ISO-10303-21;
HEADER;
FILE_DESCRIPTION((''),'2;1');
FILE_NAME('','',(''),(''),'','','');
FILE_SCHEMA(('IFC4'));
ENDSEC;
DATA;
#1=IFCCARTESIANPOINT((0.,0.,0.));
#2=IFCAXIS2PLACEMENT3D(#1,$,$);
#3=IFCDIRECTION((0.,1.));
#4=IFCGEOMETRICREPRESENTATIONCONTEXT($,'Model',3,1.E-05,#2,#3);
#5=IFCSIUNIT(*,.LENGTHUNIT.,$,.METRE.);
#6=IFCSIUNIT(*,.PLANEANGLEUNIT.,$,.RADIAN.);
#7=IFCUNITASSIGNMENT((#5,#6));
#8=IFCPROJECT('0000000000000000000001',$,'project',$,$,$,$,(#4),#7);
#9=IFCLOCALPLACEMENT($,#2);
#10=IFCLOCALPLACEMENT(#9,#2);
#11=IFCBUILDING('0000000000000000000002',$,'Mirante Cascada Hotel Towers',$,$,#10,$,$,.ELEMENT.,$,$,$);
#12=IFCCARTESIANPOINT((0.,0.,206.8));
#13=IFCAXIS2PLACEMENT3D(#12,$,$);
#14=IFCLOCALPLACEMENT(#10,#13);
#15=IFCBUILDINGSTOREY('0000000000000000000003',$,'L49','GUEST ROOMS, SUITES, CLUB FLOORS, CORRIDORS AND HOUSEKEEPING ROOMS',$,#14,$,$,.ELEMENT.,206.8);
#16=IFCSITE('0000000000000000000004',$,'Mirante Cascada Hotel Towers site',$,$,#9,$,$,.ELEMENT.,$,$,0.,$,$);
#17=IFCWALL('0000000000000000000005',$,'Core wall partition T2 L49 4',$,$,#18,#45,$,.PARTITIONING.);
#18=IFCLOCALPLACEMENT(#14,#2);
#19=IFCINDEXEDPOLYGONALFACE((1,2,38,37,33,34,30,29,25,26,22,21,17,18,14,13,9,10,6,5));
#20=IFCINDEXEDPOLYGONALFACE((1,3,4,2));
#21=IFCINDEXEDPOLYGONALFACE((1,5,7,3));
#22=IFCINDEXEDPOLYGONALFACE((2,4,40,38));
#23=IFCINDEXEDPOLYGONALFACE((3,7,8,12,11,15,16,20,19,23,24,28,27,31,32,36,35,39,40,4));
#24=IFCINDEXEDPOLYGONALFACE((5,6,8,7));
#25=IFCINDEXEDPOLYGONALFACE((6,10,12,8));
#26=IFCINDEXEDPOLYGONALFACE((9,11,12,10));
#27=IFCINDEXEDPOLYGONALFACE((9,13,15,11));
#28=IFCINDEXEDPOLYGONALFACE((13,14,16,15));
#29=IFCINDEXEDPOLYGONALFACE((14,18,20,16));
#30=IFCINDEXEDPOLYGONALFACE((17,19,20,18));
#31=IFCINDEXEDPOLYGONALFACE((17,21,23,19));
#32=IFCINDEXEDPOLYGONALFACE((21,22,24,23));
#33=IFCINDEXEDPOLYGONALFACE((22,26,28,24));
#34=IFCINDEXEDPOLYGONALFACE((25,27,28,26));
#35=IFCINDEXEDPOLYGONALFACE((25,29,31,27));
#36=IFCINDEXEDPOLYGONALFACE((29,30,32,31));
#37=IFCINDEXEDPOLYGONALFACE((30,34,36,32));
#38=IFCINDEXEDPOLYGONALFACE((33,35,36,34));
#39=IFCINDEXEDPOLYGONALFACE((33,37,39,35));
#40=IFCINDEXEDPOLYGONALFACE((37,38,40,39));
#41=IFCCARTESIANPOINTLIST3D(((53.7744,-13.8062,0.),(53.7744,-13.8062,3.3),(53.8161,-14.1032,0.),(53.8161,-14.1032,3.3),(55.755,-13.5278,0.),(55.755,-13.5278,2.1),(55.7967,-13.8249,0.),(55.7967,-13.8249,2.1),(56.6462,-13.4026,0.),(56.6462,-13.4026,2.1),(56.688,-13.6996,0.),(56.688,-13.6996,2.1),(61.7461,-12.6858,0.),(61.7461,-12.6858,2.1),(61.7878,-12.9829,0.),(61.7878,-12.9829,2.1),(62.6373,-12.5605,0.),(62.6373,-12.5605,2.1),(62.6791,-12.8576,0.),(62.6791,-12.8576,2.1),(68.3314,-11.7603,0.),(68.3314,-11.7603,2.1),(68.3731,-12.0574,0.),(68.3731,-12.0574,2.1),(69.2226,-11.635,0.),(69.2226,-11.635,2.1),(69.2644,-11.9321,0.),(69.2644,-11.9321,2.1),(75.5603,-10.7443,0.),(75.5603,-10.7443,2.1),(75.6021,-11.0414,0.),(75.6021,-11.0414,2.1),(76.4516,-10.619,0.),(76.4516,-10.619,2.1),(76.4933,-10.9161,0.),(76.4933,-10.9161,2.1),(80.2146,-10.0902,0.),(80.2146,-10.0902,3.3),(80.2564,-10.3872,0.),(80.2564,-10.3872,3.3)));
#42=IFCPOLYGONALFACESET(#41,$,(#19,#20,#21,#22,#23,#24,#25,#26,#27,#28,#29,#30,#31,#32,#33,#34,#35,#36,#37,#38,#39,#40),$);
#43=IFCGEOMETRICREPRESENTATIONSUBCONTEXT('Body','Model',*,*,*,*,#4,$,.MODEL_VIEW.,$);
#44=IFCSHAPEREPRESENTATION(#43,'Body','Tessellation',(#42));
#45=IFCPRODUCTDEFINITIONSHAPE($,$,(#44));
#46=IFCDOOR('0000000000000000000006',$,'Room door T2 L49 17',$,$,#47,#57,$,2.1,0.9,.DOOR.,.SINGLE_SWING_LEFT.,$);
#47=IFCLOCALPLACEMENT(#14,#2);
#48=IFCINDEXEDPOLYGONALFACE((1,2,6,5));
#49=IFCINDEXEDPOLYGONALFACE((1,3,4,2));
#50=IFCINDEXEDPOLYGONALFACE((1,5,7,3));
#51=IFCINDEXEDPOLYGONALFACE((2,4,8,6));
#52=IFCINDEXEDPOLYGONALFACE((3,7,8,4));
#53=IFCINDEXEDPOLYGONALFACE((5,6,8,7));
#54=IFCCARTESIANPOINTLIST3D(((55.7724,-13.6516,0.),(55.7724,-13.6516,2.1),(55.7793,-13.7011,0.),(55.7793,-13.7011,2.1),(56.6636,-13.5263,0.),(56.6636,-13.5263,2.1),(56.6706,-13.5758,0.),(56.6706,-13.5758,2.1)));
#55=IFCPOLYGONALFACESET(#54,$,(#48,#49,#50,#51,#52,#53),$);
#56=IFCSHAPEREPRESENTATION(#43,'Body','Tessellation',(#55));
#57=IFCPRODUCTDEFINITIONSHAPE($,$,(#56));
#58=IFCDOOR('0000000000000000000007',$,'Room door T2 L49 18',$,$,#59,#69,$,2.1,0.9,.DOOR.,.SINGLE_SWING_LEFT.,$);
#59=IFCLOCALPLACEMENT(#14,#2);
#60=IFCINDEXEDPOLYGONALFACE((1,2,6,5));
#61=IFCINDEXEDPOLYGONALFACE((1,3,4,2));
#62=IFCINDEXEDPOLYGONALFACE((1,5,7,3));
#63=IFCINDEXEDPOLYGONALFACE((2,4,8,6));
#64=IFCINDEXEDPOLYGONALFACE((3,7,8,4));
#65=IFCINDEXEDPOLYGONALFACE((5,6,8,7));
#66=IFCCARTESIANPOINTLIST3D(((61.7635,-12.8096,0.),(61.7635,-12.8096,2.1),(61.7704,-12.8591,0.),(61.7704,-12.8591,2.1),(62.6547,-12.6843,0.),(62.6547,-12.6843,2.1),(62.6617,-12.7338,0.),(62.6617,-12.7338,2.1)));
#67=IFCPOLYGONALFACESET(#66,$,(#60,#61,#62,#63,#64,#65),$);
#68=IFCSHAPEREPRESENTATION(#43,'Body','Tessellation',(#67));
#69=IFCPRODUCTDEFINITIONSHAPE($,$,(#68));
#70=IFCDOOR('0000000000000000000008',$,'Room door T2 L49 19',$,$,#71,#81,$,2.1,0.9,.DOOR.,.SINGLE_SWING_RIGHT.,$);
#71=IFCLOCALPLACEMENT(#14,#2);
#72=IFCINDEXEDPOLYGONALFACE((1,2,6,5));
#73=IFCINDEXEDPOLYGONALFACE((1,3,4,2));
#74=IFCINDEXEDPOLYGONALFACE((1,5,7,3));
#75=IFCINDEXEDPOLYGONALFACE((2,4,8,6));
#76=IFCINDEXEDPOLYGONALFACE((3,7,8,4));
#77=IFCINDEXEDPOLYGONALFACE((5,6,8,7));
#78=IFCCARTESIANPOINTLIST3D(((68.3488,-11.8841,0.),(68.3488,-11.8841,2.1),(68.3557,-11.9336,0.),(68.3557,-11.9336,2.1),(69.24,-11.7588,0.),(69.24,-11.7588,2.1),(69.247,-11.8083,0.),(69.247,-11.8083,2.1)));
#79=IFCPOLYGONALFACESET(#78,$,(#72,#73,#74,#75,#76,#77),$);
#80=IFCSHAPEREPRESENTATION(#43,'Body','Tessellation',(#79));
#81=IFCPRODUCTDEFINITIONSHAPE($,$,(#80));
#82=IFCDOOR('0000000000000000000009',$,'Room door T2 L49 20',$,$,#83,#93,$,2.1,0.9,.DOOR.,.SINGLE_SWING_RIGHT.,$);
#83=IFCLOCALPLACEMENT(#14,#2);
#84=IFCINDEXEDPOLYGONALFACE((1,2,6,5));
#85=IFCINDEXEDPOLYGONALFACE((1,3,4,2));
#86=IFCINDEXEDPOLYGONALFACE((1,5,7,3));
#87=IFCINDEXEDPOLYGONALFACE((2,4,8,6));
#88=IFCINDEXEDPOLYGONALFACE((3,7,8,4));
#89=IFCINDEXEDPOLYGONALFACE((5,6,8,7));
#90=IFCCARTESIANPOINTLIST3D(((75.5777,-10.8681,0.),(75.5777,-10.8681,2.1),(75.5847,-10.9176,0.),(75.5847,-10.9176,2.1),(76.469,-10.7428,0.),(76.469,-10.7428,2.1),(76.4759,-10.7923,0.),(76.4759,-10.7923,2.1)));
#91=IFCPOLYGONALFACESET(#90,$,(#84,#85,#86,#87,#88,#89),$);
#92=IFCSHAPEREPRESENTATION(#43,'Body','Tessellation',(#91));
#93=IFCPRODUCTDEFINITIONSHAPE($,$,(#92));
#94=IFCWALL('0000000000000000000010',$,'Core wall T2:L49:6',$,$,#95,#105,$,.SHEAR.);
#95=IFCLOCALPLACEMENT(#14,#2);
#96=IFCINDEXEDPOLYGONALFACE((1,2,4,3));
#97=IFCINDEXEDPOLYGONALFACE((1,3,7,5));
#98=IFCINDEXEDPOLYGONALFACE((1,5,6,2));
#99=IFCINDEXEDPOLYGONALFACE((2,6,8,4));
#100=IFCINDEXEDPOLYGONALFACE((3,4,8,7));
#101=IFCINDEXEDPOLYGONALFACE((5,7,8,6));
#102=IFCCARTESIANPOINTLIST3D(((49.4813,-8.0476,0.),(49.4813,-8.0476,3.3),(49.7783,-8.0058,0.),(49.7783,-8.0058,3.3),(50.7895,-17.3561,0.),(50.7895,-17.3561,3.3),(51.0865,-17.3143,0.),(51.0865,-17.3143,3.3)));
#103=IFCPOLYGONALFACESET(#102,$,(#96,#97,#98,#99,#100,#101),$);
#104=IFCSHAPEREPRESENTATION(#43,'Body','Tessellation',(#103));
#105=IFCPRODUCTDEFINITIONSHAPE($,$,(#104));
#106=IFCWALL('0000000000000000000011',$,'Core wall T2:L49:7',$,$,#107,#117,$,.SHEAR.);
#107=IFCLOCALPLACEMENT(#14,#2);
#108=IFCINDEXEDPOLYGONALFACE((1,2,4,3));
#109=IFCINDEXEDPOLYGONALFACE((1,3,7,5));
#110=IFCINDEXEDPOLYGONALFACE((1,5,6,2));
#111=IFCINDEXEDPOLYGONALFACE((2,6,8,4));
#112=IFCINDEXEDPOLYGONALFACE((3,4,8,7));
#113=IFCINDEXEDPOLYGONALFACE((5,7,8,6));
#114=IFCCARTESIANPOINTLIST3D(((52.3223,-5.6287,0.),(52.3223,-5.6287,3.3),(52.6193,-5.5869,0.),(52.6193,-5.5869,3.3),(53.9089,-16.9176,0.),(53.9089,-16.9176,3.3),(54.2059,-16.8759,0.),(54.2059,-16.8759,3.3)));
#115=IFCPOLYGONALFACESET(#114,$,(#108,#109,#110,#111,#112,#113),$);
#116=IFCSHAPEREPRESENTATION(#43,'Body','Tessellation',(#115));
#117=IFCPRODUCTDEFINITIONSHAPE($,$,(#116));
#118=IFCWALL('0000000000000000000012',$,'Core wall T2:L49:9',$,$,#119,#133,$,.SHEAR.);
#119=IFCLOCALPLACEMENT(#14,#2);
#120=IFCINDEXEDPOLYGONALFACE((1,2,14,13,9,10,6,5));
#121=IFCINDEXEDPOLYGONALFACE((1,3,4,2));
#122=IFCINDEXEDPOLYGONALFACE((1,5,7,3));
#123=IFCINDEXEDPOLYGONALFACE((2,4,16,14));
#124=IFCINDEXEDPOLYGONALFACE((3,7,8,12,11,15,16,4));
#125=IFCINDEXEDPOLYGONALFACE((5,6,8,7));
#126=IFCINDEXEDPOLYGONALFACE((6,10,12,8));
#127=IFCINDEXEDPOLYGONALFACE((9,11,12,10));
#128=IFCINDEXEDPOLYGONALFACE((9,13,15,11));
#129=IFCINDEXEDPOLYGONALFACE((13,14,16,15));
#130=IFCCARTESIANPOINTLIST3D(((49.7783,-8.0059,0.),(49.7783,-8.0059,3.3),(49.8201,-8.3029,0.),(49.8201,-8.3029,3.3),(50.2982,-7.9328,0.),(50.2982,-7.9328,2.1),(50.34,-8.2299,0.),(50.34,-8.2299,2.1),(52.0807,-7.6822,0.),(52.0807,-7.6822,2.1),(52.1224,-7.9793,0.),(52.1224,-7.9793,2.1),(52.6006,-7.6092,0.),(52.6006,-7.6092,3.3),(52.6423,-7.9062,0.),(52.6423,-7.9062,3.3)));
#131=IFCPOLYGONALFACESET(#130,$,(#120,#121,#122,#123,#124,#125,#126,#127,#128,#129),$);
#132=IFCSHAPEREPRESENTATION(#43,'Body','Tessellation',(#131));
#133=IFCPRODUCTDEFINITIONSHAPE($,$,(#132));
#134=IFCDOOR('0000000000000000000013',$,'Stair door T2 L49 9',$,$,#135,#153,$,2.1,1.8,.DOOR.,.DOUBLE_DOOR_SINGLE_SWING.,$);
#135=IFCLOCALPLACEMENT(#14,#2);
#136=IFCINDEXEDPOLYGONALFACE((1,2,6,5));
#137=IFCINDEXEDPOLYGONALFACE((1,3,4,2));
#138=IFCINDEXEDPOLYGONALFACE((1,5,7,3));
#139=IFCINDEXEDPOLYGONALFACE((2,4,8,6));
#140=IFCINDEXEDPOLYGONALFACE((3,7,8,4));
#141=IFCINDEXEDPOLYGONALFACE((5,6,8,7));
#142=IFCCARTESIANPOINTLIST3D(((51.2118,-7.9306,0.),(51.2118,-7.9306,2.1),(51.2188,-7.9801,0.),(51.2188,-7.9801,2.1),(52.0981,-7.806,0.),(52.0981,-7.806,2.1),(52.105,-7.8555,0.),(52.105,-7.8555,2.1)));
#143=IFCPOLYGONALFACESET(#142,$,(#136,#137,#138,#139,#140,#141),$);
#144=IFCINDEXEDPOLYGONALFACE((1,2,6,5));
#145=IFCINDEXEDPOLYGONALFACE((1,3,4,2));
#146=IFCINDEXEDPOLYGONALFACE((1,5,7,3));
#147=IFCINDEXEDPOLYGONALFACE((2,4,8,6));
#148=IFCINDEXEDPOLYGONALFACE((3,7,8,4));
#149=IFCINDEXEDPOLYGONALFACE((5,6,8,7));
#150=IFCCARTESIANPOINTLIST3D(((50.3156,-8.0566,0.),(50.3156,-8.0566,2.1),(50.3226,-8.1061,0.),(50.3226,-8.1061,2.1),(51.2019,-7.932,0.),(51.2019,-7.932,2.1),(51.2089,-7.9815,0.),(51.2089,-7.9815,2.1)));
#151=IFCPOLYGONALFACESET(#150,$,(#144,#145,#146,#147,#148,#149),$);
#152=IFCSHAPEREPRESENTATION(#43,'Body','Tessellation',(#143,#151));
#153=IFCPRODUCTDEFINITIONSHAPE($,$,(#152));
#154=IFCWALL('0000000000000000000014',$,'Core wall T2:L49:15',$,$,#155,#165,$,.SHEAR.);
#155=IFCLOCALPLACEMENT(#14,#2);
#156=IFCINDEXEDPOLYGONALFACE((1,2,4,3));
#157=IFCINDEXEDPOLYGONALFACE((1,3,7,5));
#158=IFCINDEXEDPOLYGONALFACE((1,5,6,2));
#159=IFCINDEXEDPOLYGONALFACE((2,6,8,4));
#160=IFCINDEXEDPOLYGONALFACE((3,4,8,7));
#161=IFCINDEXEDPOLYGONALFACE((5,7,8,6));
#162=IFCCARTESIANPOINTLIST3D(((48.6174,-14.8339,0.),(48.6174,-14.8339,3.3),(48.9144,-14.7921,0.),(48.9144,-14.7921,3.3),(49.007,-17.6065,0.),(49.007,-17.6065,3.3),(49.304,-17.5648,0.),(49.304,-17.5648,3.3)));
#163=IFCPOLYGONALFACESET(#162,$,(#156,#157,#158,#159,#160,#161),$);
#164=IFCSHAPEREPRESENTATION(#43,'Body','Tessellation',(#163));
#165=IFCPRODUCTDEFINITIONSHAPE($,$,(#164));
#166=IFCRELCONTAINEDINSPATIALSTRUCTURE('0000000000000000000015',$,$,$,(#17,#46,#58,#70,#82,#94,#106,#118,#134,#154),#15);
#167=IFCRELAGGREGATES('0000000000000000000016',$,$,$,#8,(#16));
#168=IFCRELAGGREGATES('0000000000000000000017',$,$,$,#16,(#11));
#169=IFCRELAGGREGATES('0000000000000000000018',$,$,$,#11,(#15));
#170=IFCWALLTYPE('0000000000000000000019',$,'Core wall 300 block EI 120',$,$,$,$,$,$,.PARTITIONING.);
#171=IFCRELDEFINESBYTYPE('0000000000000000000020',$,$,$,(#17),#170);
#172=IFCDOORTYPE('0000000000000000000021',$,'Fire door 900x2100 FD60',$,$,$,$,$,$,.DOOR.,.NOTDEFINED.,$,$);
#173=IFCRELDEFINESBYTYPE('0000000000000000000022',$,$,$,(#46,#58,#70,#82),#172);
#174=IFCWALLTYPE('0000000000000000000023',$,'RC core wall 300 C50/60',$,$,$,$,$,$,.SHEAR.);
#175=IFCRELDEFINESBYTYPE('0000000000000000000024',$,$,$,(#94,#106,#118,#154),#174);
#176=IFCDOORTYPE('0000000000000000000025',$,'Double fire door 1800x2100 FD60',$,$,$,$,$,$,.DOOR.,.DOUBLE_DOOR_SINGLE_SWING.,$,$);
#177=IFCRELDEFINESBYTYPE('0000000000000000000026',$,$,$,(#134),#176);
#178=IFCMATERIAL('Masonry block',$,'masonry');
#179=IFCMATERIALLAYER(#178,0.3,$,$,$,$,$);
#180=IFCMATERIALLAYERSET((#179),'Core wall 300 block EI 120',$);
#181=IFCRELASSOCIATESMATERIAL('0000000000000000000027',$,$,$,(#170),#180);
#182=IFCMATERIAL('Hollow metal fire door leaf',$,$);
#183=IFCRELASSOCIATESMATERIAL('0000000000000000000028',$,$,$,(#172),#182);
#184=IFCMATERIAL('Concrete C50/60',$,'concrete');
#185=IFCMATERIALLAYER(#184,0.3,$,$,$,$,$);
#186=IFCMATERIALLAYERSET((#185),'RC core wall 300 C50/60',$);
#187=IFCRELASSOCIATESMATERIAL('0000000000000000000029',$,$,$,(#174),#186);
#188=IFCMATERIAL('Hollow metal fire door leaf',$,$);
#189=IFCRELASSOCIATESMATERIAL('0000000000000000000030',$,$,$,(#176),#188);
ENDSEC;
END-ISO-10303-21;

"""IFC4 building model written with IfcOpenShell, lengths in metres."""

from ifc_helpers import new_model, si_unit, direction, frame, frame_2d, origin, place, context, subcontext, project, spatial, rectangle, extrude, material, layer, layer_set, type_object, element, fill, save


model = new_model("IFC4")

# Units and contexts
model_context = context("Model", 3, precision=1e-05, world=origin(), true_north=direction((0.0, 1.0)))
body_context = subcontext(model_context, "Body", "Model", "MODEL_VIEW")
ifc_project = project(units=[si_unit("LENGTHUNIT", "METRE"), si_unit("PLANEANGLEUNIT", "RADIAN")], contexts=[model_context])

# Site, building, storey
site_placement = place(None, origin())
site = spatial("IfcSite", under=ifc_project, at=site_placement, Name="Mirante Cascada Hotel Towers site", CompositionType="ELEMENT", RefElevation=0.0)
building_placement = place(site_placement, origin())
building = spatial("IfcBuilding", under=site, at=building_placement, Name="Mirante Cascada Hotel Towers", CompositionType="ELEMENT")
storey_placement = place(building_placement, frame((0.0, 0.0, 206.8)))
storey = spatial("IfcBuildingStorey", under=building, at=storey_placement, Name="L49", Description="GUEST ROOMS, SUITES, CLUB FLOORS, CORRIDORS AND HOUSEKEEPING ROOMS", CompositionType="ELEMENT", Elevation=206.8)

# Wall, openings, doors
ifc_material_1 = material(Name="Masonry block", Category="masonry")
ifc_layer_1 = layer(ifc_material_1, 0.3)
ifc_layer_set_1 = layer_set([ifc_layer_1], Name="Core wall 300 block EI 120")
wall_type_1 = type_object("IfcWallType", Name="Core wall 300 block EI 120", PredefinedType="PARTITIONING", material=ifc_layer_set_1)
wall_1_placement = place(storey_placement, frame((53.7953, -13.9547, 0.0), z_axis=(0.0, 0.0, 1.0), x_axis=(0.990268, 0.139176, 0.0)))
wall_1 = element("IfcWall", 1, at=wall_1_placement, inside=storey, type_object=wall_type_1, Name="Core wall partition T2 L49 4", PredefinedType="PARTITIONING", context=body_context, shape_type="SweptSolid", body=[
    extrude(rectangle(XDim=26.7001, YDim=0.3, at=frame_2d((13.35, 0.0))), origin(), (0.0, 0.0, 1.0), 3.3),
])
opening_1_placement = place(wall_1_placement, frame((2.0, 0.0, 0.0)))
opening_1 = element("IfcOpeningElement", 2, at=opening_1_placement, cuts=wall_1, PredefinedType="OPENING", context=body_context, shape_type="SweptSolid", body=[
    extrude(rectangle(XDim=0.9, YDim=2.1, at=frame_2d((0.45, 1.05))), frame((0.0, 0.15, 0.0), z_axis=(0.0, -1.0, 0.0), x_axis=(1.0, 0.0, 0.0)), (0.0, 0.0, 1.0), 0.3),
])
opening_2_placement = place(wall_1_placement, frame((8.05, 0.0, 0.0)))
opening_2 = element("IfcOpeningElement", 3, at=opening_2_placement, cuts=wall_1, PredefinedType="OPENING", context=body_context, shape_type="SweptSolid", body=[
    extrude(rectangle(XDim=0.9, YDim=2.1, at=frame_2d((0.45, 1.05))), frame((0.0, 0.15, 0.0), z_axis=(0.0, -1.0, 0.0), x_axis=(1.0, 0.0, 0.0)), (0.0, 0.0, 1.0), 0.3),
])
opening_3_placement = place(wall_1_placement, frame((14.7, 0.0, 0.0)))
opening_3 = element("IfcOpeningElement", 4, at=opening_3_placement, cuts=wall_1, PredefinedType="OPENING", context=body_context, shape_type="SweptSolid", body=[
    extrude(rectangle(XDim=0.9, YDim=2.1, at=frame_2d((0.45, 1.05))), frame((0.0, 0.15, 0.0), z_axis=(0.0, -1.0, 0.0), x_axis=(1.0, 0.0, 0.0)), (0.0, 0.0, 1.0), 0.3),
])
opening_4_placement = place(wall_1_placement, frame((22.0, 0.0, 0.0)))
opening_4 = element("IfcOpeningElement", 5, at=opening_4_placement, cuts=wall_1, PredefinedType="OPENING", context=body_context, shape_type="SweptSolid", body=[
    extrude(rectangle(XDim=0.9, YDim=2.1, at=frame_2d((0.45, 1.05))), frame((0.0, 0.15, 0.0), z_axis=(0.0, -1.0, 0.0), x_axis=(1.0, 0.0, 0.0)), (0.0, 0.0, 1.0), 0.3),
])
ifc_material_2 = material(Name="Hollow metal fire door leaf")
door_type_1 = type_object("IfcDoorType", Name="Fire door 900x2100 FD60", OperationType="NOTDEFINED", PredefinedType="DOOR", material=ifc_material_2)
door_1_placement = place(opening_1_placement, frame((0.9, 0.0, 0.0), z_axis=(0.0, 0.0, 1.0), x_axis=(-1.0, 0.0, 0.0)))
door_1 = element("IfcDoor", 6, at=door_1_placement, inside=storey, type_object=door_type_1, Name="Room door T2 L49 17", OperationType="SINGLE_SWING_LEFT", OverallHeight=2.1, OverallWidth=0.9, PredefinedType="DOOR", context=body_context, shape_type="SweptSolid", body=[
    extrude(rectangle(XDim=0.9, YDim=2.1, at=frame_2d((0.45, 1.05))), frame((0.0, 0.025, 0.0), z_axis=(0.0, -1.0, 0.0), x_axis=(1.0, 0.0, 0.0)), (0.0, 0.0, 1.0), 0.05),
])
fill(opening_1, door_1)
door_2_placement = place(opening_2_placement, frame((0.9, 0.0, 0.0), z_axis=(0.0, 0.0, 1.0), x_axis=(-1.0, 0.0, 0.0)))
door_2 = element("IfcDoor", 7, at=door_2_placement, inside=storey, type_object=door_type_1, Name="Room door T2 L49 18", OperationType="SINGLE_SWING_LEFT", OverallHeight=2.1, OverallWidth=0.9, PredefinedType="DOOR", context=body_context, shape_type="SweptSolid", body=[
    extrude(rectangle(XDim=0.9, YDim=2.1, at=frame_2d((0.45, 1.05))), frame((0.0, 0.025, 0.0), z_axis=(0.0, -1.0, 0.0), x_axis=(1.0, 0.0, 0.0)), (0.0, 0.0, 1.0), 0.05),
])
fill(opening_2, door_2)
door_3_placement = place(opening_3_placement, frame((0.9, 0.0, 0.0), z_axis=(0.0, 0.0, 1.0), x_axis=(-1.0, 0.0, 0.0)))
door_3 = element("IfcDoor", 8, at=door_3_placement, inside=storey, type_object=door_type_1, Name="Room door T2 L49 19", OperationType="SINGLE_SWING_RIGHT", OverallHeight=2.1, OverallWidth=0.9, PredefinedType="DOOR", context=body_context, shape_type="SweptSolid", body=[
    extrude(rectangle(XDim=0.9, YDim=2.1, at=frame_2d((0.45, 1.05))), frame((0.0, 0.025, 0.0), z_axis=(0.0, -1.0, 0.0), x_axis=(1.0, 0.0, 0.0)), (0.0, 0.0, 1.0), 0.05),
])
fill(opening_3, door_3)
door_4_placement = place(opening_4_placement, frame((0.9, 0.0, 0.0), z_axis=(0.0, 0.0, 1.0), x_axis=(-1.0, 0.0, 0.0)))
door_4 = element("IfcDoor", 9, at=door_4_placement, inside=storey, type_object=door_type_1, Name="Room door T2 L49 20", OperationType="SINGLE_SWING_RIGHT", OverallHeight=2.1, OverallWidth=0.9, PredefinedType="DOOR", context=body_context, shape_type="SweptSolid", body=[
    extrude(rectangle(XDim=0.9, YDim=2.1, at=frame_2d((0.45, 1.05))), frame((0.0, 0.025, 0.0), z_axis=(0.0, -1.0, 0.0), x_axis=(1.0, 0.0, 0.0)), (0.0, 0.0, 1.0), 0.05),
])
fill(opening_4, door_4)

# Walls
ifc_material_3 = material(Name="Concrete C50/60", Category="concrete")
ifc_layer_2 = layer(ifc_material_3, 0.3)
ifc_layer_set_2 = layer_set([ifc_layer_2], Name="RC core wall 300 C50/60")
wall_type_2 = type_object("IfcWallType", Name="RC core wall 300 C50/60", PredefinedType="SHEAR", material=ifc_layer_set_2)
wall_2_placement = place(storey_placement, frame((50.938, -17.3352, 0.0), z_axis=(0.0, 0.0, 1.0), x_axis=(-0.139171, 0.990268, 0.0)))
element("IfcWall", 10, at=wall_2_placement, inside=storey, type_object=wall_type_2, Name="Core wall T2:L49:6", PredefinedType="SHEAR", context=body_context, shape_type="SweptSolid", body=[
    extrude(rectangle(XDim=9.4, YDim=0.3, at=frame_2d((4.7, 0.0))), origin(), (0.0, 0.0, 1.0), 3.3),
])
wall_3_placement = place(storey_placement, frame((54.0574, -16.8968, 0.0), z_axis=(0.0, 0.0, 1.0), x_axis=(-0.139176, 0.990268, 0.0)))
element("IfcWall", 11, at=wall_3_placement, inside=storey, type_object=wall_type_2, Name="Core wall T2:L49:7", PredefinedType="SHEAR", context=body_context, shape_type="SweptSolid", body=[
    extrude(rectangle(XDim=11.3999, YDim=0.3, at=frame_2d((5.7, 0.0))), origin(), (0.0, 0.0, 1.0), 3.3),
])

# Wall, opening, door
wall_4_placement = place(storey_placement, frame((49.7992, -8.1544, 0.0), z_axis=(0.0, 0.0, 1.0), x_axis=(0.990266, 0.139191, 0.0)))
wall_4 = element("IfcWall", 12, at=wall_4_placement, inside=storey, type_object=wall_type_2, Name="Core wall T2:L49:9", PredefinedType="SHEAR", context=body_context, shape_type="SweptSolid", body=[
    extrude(rectangle(XDim=2.85, YDim=0.3, at=frame_2d((1.425, 0.0))), origin(), (0.0, 0.0, 1.0), 3.3),
])
opening_5_placement = place(wall_4_placement, frame((0.525, 0.0, 0.0)))
opening_5 = element("IfcOpeningElement", 13, at=opening_5_placement, cuts=wall_4, PredefinedType="OPENING", context=body_context, shape_type="SweptSolid", body=[
    extrude(rectangle(XDim=1.8, YDim=2.1, at=frame_2d((0.9, 1.05))), frame((0.0, 0.15, 0.0), z_axis=(0.0, -1.0, 0.0), x_axis=(1.0, 0.0, 0.0)), (0.0, 0.0, 1.0), 0.3),
])
ifc_material_4 = material(Name="Hollow metal fire door leaf")
door_type_2 = type_object("IfcDoorType", Name="Double fire door 1800x2100 FD60", OperationType="DOUBLE_DOOR_SINGLE_SWING", PredefinedType="DOOR", material=ifc_material_4)
door_5_placement = place(opening_5_placement, frame((1.8, 0.0, 0.0), z_axis=(0.0, 0.0, 1.0), x_axis=(-1.0, 0.0, 0.0)))
door_5 = element("IfcDoor", 14, at=door_5_placement, inside=storey, type_object=door_type_2, Name="Stair door T2 L49 9", OperationType="DOUBLE_DOOR_SINGLE_SWING", OverallHeight=2.1, OverallWidth=1.8, PredefinedType="DOOR", context=body_context, shape_type="SweptSolid", body=[
    extrude(rectangle(XDim=0.895, YDim=2.1, at=frame_2d((0.4475, 1.05))), frame((0.0, 0.025, 0.0), z_axis=(0.0, -1.0, 0.0), x_axis=(1.0, 0.0, 0.0)), (0.0, 0.0, 1.0), 0.05),
    extrude(rectangle(XDim=0.895, YDim=2.1, at=frame_2d((1.3525, 1.05))), frame((0.0, 0.025, 0.0), z_axis=(0.0, -1.0, 0.0), x_axis=(1.0, 0.0, 0.0)), (0.0, 0.0, 1.0), 0.05),
])
fill(opening_5, door_5)

# Wall
wall_5_placement = place(storey_placement, frame((49.1555, -17.5857, 0.0), z_axis=(0.0, 0.0, 1.0), x_axis=(-0.139146, 0.990272, 0.0)))
element("IfcWall", 15, at=wall_5_placement, inside=storey, type_object=wall_type_2, Name="Core wall T2:L49:15", PredefinedType="SHEAR", context=body_context, shape_type="SweptSolid", body=[
    extrude(rectangle(XDim=2.7999, YDim=0.3, at=frame_2d((1.4, 0.0))), origin(), (0.0, 0.0, 1.0), 3.3),
])

save(model, "model.ifc")
